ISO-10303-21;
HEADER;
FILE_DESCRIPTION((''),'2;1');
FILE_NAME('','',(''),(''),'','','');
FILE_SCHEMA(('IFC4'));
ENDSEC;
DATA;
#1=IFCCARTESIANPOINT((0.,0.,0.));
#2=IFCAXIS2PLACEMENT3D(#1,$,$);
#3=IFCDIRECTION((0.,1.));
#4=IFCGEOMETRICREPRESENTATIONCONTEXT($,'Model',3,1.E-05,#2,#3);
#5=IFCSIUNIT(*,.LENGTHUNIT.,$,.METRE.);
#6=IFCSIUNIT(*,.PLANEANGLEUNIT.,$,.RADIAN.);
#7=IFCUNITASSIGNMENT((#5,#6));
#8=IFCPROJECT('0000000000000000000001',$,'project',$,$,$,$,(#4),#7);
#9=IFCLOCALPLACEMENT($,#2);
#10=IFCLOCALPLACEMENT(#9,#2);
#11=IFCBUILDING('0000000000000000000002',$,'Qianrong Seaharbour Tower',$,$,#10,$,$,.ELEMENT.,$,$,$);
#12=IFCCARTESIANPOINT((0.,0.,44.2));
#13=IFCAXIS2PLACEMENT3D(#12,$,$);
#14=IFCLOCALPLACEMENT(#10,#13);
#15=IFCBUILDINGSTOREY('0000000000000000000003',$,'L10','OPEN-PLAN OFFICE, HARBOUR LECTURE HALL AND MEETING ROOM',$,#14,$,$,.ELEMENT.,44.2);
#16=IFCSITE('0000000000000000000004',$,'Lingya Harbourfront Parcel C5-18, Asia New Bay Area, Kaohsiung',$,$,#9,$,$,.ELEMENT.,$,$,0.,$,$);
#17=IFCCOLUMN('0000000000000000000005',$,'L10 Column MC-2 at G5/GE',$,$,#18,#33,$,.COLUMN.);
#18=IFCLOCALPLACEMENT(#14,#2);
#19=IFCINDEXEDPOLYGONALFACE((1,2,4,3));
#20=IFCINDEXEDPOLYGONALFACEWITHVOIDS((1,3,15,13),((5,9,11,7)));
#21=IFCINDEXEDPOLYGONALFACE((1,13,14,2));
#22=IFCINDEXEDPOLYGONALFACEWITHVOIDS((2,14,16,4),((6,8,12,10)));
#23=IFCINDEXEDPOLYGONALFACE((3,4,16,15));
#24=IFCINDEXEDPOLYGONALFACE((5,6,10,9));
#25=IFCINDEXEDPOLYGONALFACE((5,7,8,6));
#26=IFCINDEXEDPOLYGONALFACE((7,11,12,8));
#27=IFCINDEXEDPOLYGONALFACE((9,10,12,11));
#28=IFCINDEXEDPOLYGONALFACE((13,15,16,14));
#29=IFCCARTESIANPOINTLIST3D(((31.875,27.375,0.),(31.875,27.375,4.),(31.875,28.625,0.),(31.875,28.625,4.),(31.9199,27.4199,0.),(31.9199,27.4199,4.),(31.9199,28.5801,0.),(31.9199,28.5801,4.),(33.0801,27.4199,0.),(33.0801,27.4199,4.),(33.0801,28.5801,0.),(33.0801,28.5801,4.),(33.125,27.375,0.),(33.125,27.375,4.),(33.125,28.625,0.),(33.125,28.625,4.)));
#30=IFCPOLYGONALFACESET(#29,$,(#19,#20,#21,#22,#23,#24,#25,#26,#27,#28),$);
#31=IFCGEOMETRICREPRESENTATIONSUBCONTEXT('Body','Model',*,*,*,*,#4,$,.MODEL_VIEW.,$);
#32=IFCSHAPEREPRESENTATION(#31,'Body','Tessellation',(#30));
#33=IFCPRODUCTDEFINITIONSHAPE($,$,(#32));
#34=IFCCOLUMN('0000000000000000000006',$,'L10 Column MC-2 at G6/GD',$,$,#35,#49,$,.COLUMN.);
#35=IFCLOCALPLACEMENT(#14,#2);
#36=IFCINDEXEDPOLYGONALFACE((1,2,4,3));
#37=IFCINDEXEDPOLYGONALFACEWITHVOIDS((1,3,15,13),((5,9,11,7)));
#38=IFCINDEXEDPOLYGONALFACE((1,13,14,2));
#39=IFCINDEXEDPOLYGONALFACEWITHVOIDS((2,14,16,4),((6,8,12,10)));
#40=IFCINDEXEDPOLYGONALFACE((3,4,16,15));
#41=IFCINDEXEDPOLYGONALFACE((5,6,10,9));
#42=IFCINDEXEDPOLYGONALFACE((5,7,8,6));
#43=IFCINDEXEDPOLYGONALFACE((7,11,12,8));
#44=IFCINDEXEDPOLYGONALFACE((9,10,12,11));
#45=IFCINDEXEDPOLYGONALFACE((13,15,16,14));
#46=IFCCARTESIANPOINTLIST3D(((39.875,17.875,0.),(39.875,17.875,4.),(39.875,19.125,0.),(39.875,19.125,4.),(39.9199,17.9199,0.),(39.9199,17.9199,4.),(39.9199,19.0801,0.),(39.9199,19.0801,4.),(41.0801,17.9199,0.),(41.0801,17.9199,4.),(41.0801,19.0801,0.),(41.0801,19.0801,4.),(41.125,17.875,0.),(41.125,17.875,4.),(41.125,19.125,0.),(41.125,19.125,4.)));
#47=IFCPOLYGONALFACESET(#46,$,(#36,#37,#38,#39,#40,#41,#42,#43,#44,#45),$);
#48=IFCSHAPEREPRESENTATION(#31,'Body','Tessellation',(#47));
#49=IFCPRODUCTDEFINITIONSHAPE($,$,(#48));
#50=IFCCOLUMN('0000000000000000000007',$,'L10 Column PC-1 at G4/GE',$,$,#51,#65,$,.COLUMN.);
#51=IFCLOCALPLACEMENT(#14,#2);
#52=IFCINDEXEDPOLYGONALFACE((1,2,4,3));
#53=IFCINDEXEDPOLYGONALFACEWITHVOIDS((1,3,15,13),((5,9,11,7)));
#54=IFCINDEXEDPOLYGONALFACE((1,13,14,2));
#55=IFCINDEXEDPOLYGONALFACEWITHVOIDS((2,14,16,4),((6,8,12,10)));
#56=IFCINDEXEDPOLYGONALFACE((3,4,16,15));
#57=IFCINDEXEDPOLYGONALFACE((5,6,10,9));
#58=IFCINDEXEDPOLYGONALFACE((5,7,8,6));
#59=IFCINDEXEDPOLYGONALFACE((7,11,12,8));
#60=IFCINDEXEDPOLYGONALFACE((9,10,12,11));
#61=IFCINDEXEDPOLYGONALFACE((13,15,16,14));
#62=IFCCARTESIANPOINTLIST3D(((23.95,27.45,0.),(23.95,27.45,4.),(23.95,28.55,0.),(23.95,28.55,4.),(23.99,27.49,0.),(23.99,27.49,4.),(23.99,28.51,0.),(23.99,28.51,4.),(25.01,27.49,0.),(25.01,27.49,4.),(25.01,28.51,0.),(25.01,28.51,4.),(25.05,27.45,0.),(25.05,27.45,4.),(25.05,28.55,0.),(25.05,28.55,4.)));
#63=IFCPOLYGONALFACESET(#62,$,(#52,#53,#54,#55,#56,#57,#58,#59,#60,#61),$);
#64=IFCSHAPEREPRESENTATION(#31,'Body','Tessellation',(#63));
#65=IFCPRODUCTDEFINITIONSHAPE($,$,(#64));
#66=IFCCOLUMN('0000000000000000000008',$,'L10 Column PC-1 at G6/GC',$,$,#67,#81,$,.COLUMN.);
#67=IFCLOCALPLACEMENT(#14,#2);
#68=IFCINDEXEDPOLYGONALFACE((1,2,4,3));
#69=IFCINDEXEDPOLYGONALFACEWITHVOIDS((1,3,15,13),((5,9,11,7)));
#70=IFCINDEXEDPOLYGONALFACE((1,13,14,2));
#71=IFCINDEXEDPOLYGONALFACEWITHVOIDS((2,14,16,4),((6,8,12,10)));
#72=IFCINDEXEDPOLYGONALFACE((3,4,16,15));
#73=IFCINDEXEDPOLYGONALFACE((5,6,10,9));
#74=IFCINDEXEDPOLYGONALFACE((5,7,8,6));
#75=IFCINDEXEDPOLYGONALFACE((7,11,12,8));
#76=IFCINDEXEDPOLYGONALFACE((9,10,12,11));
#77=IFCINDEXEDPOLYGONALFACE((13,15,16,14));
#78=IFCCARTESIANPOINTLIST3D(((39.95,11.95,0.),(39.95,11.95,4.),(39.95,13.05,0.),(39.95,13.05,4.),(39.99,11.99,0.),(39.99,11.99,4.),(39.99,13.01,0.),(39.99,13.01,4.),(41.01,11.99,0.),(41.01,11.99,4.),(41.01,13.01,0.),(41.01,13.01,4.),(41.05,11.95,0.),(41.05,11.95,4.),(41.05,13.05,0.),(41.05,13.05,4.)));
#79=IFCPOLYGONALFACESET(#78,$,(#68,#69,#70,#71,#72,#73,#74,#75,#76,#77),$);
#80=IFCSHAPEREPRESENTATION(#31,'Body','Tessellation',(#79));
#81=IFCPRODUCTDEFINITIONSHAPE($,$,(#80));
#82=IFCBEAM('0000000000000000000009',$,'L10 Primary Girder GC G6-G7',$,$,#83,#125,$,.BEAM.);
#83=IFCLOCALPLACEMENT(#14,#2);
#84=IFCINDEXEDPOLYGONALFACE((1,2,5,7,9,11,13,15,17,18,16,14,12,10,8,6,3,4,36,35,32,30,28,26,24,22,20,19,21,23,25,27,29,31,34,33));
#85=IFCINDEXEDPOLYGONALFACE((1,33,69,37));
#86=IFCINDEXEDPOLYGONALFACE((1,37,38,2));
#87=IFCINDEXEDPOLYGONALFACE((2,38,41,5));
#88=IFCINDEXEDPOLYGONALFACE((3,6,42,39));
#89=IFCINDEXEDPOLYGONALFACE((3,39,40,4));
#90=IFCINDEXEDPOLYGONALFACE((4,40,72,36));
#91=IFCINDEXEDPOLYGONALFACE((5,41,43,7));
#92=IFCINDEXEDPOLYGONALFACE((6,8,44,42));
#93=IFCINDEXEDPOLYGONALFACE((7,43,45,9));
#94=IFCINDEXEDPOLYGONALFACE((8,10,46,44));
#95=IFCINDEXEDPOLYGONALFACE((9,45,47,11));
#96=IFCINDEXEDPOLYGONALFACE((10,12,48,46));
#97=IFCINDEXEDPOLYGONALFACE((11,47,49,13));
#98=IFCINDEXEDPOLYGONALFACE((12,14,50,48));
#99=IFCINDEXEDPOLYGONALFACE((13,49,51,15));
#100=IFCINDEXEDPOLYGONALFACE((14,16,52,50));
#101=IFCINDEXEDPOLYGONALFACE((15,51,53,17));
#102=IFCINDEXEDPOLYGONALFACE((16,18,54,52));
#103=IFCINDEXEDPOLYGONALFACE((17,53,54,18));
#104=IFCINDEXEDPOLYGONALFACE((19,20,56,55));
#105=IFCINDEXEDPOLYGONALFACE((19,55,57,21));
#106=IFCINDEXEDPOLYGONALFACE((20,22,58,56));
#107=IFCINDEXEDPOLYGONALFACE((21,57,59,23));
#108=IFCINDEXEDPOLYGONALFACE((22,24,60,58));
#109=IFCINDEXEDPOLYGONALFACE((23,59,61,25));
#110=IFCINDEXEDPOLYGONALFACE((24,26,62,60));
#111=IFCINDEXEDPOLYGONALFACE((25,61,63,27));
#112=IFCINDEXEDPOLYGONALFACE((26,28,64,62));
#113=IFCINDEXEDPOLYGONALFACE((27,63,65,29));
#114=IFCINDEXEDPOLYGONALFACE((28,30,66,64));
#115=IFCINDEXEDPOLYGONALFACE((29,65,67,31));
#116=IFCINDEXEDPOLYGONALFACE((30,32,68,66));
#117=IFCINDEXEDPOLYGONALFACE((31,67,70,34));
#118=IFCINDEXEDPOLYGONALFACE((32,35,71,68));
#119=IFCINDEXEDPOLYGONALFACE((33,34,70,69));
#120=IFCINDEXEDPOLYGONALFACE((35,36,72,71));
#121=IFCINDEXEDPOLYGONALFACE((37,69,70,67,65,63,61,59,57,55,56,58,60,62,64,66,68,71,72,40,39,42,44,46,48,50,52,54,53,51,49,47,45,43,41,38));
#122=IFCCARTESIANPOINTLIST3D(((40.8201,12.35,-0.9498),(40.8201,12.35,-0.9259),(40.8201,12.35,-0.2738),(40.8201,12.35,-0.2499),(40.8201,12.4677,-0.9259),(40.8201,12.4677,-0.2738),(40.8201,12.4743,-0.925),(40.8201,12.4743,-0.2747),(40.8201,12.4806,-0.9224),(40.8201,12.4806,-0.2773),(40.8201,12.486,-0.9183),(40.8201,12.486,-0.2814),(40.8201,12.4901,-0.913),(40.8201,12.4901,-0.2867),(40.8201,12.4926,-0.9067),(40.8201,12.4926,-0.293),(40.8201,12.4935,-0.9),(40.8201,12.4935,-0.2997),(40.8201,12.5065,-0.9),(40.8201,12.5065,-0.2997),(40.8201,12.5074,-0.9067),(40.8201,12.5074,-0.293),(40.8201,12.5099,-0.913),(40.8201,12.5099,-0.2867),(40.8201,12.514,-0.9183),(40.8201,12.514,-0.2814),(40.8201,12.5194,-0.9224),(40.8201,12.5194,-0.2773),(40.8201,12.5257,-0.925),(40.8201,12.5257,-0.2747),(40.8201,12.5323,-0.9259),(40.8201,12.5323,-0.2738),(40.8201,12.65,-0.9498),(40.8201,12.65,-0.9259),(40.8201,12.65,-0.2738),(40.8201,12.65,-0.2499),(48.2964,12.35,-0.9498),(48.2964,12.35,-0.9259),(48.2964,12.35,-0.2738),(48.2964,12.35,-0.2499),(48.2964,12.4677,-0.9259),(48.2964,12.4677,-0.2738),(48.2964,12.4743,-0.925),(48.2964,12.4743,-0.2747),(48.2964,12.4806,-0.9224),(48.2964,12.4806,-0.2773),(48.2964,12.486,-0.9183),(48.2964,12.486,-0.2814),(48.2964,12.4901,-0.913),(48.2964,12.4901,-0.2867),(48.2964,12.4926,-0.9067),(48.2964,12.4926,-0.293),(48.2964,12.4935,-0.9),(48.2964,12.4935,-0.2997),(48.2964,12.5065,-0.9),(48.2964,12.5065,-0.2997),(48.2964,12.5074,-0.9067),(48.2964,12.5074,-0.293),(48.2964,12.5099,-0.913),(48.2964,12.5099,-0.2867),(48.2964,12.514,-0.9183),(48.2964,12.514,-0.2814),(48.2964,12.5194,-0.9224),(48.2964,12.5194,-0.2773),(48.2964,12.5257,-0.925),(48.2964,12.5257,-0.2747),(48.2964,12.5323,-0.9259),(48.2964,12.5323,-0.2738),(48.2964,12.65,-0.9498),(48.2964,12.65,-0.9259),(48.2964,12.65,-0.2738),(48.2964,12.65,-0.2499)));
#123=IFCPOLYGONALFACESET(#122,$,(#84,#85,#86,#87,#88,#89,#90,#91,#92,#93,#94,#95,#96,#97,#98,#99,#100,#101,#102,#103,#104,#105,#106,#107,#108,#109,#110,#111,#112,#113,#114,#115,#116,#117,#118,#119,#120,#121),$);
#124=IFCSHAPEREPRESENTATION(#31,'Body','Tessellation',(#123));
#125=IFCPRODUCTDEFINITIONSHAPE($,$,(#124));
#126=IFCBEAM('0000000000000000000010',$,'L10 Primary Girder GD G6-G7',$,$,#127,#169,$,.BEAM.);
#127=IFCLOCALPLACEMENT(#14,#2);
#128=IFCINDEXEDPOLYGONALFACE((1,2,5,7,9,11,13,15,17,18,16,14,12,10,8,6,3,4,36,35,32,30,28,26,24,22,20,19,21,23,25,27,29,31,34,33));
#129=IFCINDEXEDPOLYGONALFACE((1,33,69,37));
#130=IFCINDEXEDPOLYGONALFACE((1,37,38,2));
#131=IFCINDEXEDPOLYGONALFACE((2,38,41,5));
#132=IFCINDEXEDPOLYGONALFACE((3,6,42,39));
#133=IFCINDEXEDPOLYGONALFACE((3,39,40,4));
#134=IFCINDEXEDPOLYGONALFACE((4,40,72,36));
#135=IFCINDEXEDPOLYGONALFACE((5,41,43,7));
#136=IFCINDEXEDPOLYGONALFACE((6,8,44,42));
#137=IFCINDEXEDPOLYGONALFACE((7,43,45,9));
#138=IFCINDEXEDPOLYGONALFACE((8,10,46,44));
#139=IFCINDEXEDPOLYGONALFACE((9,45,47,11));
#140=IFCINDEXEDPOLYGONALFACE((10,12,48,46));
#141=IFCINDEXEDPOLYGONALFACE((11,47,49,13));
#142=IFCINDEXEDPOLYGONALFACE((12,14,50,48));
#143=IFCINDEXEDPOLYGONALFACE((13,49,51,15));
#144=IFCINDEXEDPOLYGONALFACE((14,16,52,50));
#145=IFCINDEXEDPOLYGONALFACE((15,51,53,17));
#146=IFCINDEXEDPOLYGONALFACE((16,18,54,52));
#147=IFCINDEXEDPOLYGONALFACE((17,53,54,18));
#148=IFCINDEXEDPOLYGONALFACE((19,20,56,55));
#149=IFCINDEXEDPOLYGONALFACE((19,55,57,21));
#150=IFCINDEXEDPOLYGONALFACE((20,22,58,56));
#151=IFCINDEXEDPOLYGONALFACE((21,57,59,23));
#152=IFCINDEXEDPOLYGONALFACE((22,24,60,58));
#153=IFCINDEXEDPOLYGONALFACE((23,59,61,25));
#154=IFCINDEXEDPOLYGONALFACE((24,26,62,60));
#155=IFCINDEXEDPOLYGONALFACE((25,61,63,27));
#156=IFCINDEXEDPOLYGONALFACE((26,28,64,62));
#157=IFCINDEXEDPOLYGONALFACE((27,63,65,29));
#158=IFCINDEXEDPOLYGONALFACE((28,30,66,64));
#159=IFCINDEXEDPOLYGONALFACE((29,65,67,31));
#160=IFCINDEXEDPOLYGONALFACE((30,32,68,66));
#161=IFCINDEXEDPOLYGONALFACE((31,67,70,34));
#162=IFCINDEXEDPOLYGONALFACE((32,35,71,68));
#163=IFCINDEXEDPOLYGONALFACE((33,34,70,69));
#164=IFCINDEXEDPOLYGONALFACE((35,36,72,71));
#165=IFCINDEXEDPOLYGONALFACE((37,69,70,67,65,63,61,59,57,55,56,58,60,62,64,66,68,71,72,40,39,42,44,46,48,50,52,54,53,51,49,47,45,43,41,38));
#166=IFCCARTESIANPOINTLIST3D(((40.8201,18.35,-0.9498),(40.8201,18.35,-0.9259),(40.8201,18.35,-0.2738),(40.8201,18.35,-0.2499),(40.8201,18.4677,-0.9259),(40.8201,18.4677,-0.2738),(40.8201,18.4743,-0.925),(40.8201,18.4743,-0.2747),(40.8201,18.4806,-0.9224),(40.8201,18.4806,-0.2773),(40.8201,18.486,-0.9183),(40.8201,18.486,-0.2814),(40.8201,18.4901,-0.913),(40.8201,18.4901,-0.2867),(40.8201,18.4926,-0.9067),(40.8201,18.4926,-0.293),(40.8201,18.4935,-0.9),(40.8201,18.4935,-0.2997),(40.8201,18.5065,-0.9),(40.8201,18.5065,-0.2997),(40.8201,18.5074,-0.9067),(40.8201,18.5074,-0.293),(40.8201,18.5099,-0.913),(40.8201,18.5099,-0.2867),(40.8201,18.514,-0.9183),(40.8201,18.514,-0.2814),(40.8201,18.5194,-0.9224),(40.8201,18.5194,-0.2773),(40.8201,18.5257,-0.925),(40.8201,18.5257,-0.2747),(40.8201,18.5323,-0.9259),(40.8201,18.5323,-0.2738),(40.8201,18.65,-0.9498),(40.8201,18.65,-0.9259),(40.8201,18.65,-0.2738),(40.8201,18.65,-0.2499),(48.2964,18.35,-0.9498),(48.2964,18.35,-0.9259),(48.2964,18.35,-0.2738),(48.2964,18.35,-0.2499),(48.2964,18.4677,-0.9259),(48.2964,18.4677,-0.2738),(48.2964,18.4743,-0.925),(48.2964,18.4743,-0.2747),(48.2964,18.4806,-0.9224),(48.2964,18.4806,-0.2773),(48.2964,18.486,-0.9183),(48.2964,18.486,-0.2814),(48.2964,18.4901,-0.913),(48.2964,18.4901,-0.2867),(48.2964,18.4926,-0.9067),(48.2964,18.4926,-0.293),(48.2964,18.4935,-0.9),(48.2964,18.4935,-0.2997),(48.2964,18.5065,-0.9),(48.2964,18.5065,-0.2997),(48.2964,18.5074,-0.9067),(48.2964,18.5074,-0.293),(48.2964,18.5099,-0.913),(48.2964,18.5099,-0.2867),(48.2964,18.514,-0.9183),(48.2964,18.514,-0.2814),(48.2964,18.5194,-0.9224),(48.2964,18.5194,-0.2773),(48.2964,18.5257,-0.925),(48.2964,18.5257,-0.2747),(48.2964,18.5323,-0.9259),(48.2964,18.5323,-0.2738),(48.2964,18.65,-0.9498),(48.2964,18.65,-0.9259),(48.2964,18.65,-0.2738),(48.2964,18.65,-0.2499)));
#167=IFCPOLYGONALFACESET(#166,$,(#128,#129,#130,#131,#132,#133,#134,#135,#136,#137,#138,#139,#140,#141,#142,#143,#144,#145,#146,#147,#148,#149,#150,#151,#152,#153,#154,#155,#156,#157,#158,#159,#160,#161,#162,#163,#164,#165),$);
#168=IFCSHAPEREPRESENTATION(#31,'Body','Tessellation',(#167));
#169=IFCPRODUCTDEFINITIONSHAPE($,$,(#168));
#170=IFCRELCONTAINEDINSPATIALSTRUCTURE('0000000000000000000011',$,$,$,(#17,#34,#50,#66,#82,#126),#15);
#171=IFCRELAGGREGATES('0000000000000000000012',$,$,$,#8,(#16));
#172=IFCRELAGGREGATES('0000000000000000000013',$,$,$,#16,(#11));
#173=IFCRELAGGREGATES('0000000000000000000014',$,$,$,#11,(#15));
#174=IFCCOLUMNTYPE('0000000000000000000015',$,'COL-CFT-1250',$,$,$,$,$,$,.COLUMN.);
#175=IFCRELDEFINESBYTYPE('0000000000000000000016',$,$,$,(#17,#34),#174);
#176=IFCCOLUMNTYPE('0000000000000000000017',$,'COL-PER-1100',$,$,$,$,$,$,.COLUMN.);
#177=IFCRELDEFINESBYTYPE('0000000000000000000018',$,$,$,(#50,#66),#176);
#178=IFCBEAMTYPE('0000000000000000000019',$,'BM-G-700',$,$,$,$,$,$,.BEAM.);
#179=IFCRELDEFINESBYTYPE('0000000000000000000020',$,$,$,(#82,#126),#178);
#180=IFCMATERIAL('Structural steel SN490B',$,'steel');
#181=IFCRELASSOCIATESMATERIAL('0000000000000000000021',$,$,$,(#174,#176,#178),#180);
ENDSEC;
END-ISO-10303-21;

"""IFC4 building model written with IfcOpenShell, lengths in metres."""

from ifc_helpers import new_model, si_unit, direction, frame, origin, origin_2d, place, context, subcontext, project, spatial, hollow_rectangle, i_section, extrude, material, material_profile, profile_set, type_object, element, save


model = new_model("IFC4")

# Units and contexts
model_context = context("Model", 3, precision=1e-05, world=origin(), true_north=direction((0.0, 1.0)))
body_context = subcontext(model_context, "Body", "Model", "MODEL_VIEW")
ifc_project = project(units=[si_unit("LENGTHUNIT", "METRE"), si_unit("PLANEANGLEUNIT", "RADIAN")], contexts=[model_context])

# Site, building, storey
site_placement = place(None, origin())
site = spatial("IfcSite", under=ifc_project, at=site_placement, Name="Lingya Harbourfront Parcel C5-18, Asia New Bay Area, Kaohsiung", CompositionType="ELEMENT", RefElevation=0.0)
building_placement = place(site_placement, origin())
building = spatial("IfcBuilding", under=site, at=building_placement, Name="Qianrong Seaharbour Tower", CompositionType="ELEMENT")
storey_placement = place(building_placement, frame((0.0, 0.0, 44.2)))
storey = spatial("IfcBuildingStorey", under=building, at=storey_placement, Name="L10", Description="OPEN-PLAN OFFICE, HARBOUR LECTURE HALL AND MEETING ROOM", CompositionType="ELEMENT", Elevation=44.2)

# Columns
ifc_material_1 = material(Name="Structural steel SN490B", Category="steel")
ifc_material_profile_1 = material_profile(ifc_material_1, hollow_rectangle(XDim=1.25, YDim=1.25, WallThickness=0.0449, at=origin_2d()), Name="BOX1250x1250x45")
ifc_profile_set_1 = profile_set([ifc_material_profile_1], Name="Structural steel SN490B")
column_type_1 = type_object("IfcColumnType", Name="COL-CFT-1250", PredefinedType="COLUMN", material=ifc_profile_set_1)
for number, where, z_axis, x_axis, name in (
    (1, (32.5, 28.0, 0.0), (0.0, 0.0, 1.0), (1.0, 0.0, 0.0), "L10 Column MC-2 at G5/GE"),
    (2, (40.5, 18.5, 0.0), (0.0, 0.0, 1.0), (1.0, 0.0, 0.0), "L10 Column MC-2 at G6/GD"),
):
    element("IfcColumn", number, at=place(storey_placement, frame(where, z_axis=z_axis, x_axis=x_axis)), inside=storey, type_object=column_type_1, Name=name, PredefinedType="COLUMN", context=body_context, shape_type="SweptSolid", body=[
        extrude(hollow_rectangle(XDim=1.25, YDim=1.25, WallThickness=0.0449, at=origin_2d()), origin(), (0.0, 0.0, 1.0), 4.0),
    ])
ifc_material_profile_2 = material_profile(ifc_material_1, hollow_rectangle(XDim=1.1001, YDim=1.1001, WallThickness=0.04, at=origin_2d()), Name="BOX1100x1100x40")
ifc_profile_set_2 = profile_set([ifc_material_profile_2], Name="Structural steel SN490B")
column_type_2 = type_object("IfcColumnType", Name="COL-PER-1100", PredefinedType="COLUMN", material=ifc_profile_set_2)
for number, where, z_axis, x_axis, name in (
    (3, (24.5, 28.0, 0.0), (0.0, 0.0, 1.0), (1.0, 0.0, 0.0), "L10 Column PC-1 at G4/GE"),
    (4, (40.5, 12.5, 0.0), (0.0, 0.0, 1.0), (1.0, 0.0, 0.0), "L10 Column PC-1 at G6/GC"),
):
    element("IfcColumn", number, at=place(storey_placement, frame(where, z_axis=z_axis, x_axis=x_axis)), inside=storey, type_object=column_type_2, Name=name, PredefinedType="COLUMN", context=body_context, shape_type="SweptSolid", body=[
        extrude(hollow_rectangle(XDim=1.1001, YDim=1.1001, WallThickness=0.04, at=origin_2d()), origin(), (0.0, 0.0, 1.0), 4.0),
    ])

# Beams
ifc_material_profile_3 = material_profile(ifc_material_1, i_section(OverallWidth=0.3, OverallDepth=0.7, WebThickness=0.0129, FlangeThickness=0.0239, FilletRadius=0.0259, at=origin_2d()), Name="H700x300x13x24")
ifc_profile_set_3 = profile_set([ifc_material_profile_3], Name="Structural steel SN490B")
beam_type_1 = type_object("IfcBeamType", Name="BM-G-700", PredefinedType="BEAM", material=ifc_profile_set_3)
for number, where, z_axis, x_axis, name in (
    (5, (40.8201, 12.5, -0.5999), (1.0, 0.0, 0.0), (0.0, 1.0, 0.0), "L10 Primary Girder GC G6-G7"),
    (6, (40.8201, 18.5, -0.5999), (1.0, 0.0, 0.0), (0.0, 1.0, 0.0), "L10 Primary Girder GD G6-G7"),
):
    element("IfcBeam", number, at=place(storey_placement, frame(where, z_axis=z_axis, x_axis=x_axis)), inside=storey, type_object=beam_type_1, Name=name, PredefinedType="BEAM", context=body_context, shape_type="SweptSolid", body=[
        extrude(i_section(OverallWidth=0.3, OverallDepth=0.7, WebThickness=0.0129, FlangeThickness=0.0239, FilletRadius=0.0259, at=origin_2d()), origin(), (0.0, 0.0, 1.0), 7.4763),
    ])

save(model, "model.ifc")
